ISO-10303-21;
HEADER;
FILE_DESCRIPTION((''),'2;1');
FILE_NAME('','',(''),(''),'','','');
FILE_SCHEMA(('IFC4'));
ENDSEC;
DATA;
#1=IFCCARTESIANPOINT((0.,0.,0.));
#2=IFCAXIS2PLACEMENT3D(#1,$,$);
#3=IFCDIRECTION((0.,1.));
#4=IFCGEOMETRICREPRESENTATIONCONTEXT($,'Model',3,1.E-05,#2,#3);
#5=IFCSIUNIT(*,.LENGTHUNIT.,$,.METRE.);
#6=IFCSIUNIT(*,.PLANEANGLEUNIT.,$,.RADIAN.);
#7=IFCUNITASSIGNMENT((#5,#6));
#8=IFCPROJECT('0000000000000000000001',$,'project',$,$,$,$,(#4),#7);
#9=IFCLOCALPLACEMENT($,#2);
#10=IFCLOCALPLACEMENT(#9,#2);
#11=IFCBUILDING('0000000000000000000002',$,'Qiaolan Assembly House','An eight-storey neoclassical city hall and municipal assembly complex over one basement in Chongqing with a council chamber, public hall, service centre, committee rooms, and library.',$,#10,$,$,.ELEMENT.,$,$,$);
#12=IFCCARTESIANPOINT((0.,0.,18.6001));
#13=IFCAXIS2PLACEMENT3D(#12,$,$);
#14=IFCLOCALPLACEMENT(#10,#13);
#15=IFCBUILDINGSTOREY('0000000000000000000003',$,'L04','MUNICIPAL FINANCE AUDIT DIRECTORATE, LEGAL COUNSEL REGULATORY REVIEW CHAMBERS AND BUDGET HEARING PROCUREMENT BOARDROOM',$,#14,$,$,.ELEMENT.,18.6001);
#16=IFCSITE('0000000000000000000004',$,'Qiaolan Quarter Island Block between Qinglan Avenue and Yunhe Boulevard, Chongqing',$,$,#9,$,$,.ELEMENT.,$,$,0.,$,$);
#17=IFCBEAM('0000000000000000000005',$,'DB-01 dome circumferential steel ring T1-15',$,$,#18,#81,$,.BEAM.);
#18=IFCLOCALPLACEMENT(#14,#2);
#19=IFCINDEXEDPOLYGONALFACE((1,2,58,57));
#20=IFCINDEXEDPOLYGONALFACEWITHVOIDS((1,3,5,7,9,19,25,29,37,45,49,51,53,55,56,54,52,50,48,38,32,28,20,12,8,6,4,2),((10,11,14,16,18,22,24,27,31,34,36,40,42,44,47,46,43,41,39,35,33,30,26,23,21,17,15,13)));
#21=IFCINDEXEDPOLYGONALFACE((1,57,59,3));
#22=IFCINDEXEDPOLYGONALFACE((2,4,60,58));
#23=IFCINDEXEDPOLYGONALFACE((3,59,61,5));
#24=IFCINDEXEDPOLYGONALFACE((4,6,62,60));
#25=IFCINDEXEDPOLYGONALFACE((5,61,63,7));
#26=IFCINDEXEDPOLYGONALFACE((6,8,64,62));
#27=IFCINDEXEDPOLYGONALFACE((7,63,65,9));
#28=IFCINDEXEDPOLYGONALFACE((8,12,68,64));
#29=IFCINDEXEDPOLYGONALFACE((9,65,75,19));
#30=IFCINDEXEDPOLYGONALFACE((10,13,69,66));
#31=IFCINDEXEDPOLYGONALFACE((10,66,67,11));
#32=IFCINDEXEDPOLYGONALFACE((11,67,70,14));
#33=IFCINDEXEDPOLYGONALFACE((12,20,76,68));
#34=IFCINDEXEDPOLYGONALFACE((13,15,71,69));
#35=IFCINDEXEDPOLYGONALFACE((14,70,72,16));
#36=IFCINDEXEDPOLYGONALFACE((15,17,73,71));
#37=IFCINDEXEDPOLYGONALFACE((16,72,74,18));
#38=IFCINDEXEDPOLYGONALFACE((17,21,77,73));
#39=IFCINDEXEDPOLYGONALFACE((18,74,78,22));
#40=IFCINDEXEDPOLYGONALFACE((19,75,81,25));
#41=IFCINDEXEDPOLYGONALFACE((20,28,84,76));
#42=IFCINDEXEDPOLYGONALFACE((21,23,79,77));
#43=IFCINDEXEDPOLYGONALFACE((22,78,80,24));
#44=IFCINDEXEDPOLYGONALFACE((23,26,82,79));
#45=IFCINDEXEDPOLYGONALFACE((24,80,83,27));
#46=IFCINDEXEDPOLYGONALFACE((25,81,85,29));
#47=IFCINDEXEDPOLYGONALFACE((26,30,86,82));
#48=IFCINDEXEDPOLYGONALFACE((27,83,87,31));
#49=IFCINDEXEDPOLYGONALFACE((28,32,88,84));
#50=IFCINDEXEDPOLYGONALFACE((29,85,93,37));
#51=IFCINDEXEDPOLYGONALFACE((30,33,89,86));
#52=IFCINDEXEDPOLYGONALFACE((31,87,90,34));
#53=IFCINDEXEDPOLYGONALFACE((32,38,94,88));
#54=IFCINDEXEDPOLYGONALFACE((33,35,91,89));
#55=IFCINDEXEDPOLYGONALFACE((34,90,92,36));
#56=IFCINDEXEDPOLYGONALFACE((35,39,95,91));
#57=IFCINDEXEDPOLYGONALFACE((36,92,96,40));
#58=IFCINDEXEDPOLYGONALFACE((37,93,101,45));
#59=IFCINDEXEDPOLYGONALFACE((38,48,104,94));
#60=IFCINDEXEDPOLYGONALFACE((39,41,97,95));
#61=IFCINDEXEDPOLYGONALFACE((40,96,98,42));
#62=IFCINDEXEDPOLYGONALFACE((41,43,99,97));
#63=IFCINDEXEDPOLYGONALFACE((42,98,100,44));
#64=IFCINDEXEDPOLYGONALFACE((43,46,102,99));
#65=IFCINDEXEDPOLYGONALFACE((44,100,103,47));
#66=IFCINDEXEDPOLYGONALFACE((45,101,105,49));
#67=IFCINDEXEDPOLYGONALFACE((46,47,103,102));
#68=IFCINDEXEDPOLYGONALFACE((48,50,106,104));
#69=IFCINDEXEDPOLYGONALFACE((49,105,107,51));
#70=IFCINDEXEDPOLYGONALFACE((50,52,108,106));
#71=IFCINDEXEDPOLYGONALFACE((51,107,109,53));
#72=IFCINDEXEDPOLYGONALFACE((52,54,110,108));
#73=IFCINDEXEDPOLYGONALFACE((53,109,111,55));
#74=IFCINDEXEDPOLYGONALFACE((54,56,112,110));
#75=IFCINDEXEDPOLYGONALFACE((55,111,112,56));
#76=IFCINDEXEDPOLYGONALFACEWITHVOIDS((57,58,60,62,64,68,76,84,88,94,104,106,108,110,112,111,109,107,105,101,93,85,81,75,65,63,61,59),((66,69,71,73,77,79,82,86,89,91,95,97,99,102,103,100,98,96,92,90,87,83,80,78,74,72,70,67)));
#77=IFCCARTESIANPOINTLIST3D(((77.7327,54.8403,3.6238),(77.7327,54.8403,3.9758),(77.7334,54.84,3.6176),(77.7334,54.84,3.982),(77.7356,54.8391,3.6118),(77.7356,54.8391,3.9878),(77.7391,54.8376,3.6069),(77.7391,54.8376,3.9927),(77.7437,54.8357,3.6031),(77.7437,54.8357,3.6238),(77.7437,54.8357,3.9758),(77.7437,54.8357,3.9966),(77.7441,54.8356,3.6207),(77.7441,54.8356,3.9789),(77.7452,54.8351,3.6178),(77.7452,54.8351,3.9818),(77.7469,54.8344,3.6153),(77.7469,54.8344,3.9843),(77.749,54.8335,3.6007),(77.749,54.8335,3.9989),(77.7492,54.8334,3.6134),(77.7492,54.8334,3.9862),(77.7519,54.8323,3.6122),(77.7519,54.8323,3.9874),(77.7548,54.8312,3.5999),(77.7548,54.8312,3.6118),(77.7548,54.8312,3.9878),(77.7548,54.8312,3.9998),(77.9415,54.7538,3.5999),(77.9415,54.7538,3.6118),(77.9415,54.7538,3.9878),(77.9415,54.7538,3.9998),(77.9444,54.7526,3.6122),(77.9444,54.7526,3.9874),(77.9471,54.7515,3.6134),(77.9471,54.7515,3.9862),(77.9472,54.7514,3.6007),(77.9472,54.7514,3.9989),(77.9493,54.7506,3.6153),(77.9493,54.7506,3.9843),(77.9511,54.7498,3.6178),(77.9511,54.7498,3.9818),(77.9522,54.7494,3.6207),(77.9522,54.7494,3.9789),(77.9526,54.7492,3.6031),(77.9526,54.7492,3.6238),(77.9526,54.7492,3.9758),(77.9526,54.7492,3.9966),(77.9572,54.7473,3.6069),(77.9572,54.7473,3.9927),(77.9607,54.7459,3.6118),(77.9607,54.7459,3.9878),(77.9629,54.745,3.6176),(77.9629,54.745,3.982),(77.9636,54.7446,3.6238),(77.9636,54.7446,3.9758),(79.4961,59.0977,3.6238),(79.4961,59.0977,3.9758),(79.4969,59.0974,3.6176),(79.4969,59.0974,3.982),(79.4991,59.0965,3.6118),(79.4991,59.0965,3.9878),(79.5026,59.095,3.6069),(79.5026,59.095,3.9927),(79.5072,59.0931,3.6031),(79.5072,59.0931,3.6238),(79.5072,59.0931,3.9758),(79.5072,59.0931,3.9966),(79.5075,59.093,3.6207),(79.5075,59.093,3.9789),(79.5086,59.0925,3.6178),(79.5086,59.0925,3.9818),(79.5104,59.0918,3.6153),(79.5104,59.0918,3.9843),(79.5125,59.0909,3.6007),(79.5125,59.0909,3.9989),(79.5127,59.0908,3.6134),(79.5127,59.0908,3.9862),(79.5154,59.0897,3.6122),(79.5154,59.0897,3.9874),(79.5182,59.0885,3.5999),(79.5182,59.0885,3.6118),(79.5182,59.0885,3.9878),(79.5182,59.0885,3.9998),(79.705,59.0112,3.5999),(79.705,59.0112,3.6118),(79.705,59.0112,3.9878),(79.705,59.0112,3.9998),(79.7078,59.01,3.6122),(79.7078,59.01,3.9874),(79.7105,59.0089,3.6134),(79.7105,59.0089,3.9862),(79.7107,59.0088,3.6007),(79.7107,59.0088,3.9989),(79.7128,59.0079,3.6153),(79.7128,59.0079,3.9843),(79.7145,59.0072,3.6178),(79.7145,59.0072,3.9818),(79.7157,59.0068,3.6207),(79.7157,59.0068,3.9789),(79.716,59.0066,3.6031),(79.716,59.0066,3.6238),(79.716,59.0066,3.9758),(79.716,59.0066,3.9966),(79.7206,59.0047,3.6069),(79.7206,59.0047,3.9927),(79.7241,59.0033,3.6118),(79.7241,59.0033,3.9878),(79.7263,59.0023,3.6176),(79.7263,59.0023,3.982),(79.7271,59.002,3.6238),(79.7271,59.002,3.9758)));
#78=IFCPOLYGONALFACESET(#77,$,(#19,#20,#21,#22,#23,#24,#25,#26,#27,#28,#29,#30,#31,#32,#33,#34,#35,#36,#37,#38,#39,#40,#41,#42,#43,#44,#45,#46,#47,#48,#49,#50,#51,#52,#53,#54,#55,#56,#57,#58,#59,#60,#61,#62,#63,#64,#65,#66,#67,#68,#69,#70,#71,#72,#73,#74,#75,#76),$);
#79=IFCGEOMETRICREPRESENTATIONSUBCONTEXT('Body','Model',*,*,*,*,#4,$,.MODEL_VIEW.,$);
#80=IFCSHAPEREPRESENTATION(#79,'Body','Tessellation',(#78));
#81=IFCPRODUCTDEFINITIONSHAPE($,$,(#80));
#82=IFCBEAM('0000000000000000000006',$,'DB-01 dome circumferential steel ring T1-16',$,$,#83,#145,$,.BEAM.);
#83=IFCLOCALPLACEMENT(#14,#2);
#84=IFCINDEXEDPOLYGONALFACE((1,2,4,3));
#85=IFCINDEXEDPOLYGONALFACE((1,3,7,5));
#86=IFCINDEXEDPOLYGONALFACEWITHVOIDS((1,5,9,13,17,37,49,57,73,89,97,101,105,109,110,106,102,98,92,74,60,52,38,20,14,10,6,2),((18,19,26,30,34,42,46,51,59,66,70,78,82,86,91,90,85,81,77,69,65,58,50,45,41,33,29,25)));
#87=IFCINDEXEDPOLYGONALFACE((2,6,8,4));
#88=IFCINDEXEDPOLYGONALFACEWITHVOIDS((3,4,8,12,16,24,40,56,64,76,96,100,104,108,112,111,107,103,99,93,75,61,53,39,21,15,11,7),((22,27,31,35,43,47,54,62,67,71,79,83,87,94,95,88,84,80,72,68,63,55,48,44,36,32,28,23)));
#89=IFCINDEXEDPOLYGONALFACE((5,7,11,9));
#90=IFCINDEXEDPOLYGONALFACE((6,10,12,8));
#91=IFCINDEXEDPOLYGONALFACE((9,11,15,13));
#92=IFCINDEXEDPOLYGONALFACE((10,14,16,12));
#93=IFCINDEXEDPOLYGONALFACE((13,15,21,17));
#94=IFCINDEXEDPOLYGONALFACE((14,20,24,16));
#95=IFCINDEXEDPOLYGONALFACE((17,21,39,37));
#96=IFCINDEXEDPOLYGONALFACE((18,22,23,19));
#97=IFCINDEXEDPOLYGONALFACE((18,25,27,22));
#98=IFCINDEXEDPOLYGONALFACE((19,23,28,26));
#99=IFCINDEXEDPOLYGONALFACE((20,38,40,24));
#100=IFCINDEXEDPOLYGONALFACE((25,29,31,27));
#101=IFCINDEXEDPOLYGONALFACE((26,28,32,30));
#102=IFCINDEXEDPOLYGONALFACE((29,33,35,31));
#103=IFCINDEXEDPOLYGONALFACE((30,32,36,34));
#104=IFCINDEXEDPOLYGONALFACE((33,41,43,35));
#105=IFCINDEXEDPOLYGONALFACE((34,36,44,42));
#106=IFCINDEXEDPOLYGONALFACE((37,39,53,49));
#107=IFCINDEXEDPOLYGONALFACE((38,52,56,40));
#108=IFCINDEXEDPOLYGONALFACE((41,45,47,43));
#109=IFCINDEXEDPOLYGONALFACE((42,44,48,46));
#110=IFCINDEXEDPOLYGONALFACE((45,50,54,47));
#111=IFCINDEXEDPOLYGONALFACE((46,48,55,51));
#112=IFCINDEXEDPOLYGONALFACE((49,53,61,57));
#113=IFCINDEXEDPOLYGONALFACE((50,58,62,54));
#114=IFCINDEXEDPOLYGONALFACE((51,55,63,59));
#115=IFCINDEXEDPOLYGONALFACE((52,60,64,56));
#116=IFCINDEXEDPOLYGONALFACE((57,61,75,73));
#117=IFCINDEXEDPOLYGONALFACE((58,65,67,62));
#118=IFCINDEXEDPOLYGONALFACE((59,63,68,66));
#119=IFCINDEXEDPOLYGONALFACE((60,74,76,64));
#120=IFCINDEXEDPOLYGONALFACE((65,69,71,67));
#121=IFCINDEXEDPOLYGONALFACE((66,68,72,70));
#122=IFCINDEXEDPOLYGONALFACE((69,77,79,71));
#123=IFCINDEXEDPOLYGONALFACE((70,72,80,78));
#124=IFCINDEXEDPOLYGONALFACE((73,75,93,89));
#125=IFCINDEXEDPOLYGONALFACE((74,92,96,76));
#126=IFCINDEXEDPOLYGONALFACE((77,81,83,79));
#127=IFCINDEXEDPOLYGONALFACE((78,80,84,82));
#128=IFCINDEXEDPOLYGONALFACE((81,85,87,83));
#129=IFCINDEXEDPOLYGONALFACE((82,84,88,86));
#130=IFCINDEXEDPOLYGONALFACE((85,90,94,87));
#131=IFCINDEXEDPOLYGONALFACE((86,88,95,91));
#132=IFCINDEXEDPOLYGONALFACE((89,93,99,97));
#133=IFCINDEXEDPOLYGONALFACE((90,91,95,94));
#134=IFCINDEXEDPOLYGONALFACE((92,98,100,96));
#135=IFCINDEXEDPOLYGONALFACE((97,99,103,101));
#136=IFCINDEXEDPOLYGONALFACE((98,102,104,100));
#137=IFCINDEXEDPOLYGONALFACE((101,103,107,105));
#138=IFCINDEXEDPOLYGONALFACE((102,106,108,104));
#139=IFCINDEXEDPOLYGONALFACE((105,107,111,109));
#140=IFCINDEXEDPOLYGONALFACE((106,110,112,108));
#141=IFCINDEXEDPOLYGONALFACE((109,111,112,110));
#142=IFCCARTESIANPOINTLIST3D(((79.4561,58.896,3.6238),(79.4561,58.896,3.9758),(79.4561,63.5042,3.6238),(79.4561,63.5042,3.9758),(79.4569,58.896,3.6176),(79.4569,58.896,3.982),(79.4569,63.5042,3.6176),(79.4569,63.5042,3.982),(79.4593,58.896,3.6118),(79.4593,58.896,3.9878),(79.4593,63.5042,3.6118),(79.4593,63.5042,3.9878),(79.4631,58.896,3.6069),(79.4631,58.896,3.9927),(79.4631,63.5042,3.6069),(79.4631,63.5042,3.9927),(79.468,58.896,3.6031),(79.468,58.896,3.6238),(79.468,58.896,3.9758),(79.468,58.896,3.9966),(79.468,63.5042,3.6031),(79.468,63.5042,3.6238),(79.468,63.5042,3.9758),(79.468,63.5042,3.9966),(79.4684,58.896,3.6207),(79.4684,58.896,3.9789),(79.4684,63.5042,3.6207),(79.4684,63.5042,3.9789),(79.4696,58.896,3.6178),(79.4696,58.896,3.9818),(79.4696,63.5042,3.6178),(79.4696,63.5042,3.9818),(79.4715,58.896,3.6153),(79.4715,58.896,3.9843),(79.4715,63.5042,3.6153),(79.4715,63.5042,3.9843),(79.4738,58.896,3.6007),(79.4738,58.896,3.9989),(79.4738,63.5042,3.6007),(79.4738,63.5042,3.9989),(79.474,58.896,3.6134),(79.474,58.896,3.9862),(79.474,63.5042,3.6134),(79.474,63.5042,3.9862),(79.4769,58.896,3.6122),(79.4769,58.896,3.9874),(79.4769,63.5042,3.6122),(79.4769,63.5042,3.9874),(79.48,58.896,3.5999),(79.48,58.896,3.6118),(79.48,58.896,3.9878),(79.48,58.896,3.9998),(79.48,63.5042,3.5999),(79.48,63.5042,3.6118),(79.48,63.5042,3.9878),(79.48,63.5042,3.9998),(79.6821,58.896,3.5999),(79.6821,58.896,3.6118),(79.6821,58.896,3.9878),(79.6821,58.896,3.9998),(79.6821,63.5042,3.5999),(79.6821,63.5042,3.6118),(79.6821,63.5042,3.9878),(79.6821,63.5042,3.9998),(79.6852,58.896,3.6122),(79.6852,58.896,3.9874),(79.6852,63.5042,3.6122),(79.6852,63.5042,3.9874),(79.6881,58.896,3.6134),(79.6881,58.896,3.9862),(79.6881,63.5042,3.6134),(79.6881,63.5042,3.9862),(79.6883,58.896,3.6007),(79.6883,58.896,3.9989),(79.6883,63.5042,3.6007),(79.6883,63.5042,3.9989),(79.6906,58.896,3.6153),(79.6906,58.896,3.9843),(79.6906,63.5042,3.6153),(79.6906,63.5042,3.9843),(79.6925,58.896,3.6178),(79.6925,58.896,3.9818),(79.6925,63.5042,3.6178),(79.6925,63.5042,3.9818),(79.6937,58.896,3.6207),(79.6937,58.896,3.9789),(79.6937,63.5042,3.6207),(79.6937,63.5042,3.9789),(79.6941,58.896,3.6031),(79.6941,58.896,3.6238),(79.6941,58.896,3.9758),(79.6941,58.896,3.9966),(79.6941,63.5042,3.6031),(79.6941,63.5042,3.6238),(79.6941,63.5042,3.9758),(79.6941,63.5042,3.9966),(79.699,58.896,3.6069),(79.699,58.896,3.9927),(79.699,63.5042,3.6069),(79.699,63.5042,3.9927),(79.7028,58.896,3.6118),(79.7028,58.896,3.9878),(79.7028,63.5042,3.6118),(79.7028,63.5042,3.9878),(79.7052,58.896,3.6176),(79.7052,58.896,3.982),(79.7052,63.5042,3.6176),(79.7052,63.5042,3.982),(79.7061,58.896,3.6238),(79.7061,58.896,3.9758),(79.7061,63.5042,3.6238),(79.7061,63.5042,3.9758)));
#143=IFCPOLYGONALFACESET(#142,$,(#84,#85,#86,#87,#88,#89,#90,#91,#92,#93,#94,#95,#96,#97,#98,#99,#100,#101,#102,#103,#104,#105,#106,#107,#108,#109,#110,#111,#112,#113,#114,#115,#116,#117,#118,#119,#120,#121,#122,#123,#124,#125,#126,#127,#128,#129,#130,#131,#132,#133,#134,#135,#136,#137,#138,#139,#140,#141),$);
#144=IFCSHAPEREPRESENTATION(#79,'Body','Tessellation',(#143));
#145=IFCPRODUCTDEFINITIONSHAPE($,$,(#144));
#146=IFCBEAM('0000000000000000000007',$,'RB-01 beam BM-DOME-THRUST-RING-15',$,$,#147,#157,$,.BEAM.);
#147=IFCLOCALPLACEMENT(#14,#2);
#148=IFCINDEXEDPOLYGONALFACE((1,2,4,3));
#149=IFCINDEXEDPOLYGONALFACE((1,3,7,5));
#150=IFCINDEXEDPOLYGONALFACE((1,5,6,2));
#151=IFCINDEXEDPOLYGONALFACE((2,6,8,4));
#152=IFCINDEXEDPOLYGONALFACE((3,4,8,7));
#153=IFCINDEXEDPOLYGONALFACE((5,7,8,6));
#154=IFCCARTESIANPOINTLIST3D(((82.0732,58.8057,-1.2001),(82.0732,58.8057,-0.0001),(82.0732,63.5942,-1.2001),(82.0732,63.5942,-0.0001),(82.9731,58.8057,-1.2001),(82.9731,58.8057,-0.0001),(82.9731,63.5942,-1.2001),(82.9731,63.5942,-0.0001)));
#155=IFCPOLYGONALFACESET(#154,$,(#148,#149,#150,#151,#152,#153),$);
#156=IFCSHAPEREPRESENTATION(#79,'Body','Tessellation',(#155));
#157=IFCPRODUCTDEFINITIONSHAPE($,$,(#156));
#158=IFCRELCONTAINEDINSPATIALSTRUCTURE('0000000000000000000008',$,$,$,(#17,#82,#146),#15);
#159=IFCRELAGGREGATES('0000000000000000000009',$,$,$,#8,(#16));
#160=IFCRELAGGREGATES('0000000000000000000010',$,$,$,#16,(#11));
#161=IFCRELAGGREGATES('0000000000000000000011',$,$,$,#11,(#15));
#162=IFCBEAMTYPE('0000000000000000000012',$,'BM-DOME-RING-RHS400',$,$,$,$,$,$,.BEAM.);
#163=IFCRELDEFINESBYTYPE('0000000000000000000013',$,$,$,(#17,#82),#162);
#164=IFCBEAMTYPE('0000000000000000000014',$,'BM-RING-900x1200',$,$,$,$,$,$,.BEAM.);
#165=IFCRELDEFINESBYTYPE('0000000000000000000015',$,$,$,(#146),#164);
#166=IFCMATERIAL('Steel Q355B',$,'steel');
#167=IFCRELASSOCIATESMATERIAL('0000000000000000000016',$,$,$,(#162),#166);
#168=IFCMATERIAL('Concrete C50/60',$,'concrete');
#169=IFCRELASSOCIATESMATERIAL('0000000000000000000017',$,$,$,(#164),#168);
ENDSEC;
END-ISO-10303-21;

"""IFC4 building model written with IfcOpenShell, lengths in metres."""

from ifc_helpers import new_model, si_unit, direction, frame, origin, origin_2d, place, context, subcontext, project, spatial, rectangle, hollow_rectangle, extrude, material, material_profile, profile_set, type_object, element, save


model = new_model("IFC4")

# Units and contexts
model_context = context("Model", 3, precision=1e-05, world=origin(), true_north=direction((0.0, 1.0)))
body_context = subcontext(model_context, "Body", "Model", "MODEL_VIEW")
ifc_project = project(units=[si_unit("LENGTHUNIT", "METRE"), si_unit("PLANEANGLEUNIT", "RADIAN")], contexts=[model_context])

# Site, building, storey
site_placement = place(None, origin())
site = spatial("IfcSite", under=ifc_project, at=site_placement, Name="Qiaolan Quarter Island Block between Qinglan Avenue and Yunhe Boulevard, Chongqing", CompositionType="ELEMENT", RefElevation=0.0)
building_placement = place(site_placement, origin())
building = spatial("IfcBuilding", under=site, at=building_placement, Name="Qiaolan Assembly House", Description="An eight-storey neoclassical city hall and municipal assembly complex over one basement in Chongqing with a council chamber, public hall, service centre, committee rooms, and library.", CompositionType="ELEMENT")
storey_placement = place(building_placement, frame((0.0, 0.0, 18.6001)))
storey = spatial("IfcBuildingStorey", under=building, at=storey_placement, Name="L04", Description="MUNICIPAL FINANCE AUDIT DIRECTORATE, LEGAL COUNSEL REGULATORY REVIEW CHAMBERS AND BUDGET HEARING PROCUREMENT BOARDROOM", CompositionType="ELEMENT", Elevation=18.6001)

# Beams
ifc_material_1 = material(Name="Steel Q355B", Category="steel")
ifc_material_profile_1 = material_profile(ifc_material_1, hollow_rectangle(XDim=0.25, YDim=0.3999, WallThickness=0.012, InnerFilletRadius=0.012, OuterFilletRadius=0.0239, at=origin_2d()), Name="RHS 400x250x12")
ifc_profile_set_1 = profile_set([ifc_material_profile_1], Name="Steel Q355B")
beam_type_1 = type_object("IfcBeamType", Name="BM-DOME-RING-RHS400", PredefinedType="BEAM", material=ifc_profile_set_1)
for number, where, z_axis, x_axis, name in (
    (1, (77.8481, 54.7925, 3.7998), (0.382681, 0.923881, 0.0), (-0.923881, 0.382681, 0.0), "DB-01 dome circumferential steel ring T1-15"),
    (2, (79.5811, 58.896, 3.7998), (0.0, 1.0, 0.0), (-1.0, 0.0, 0.0), "DB-01 dome circumferential steel ring T1-16"),
):
    element("IfcBeam", number, at=place(storey_placement, frame(where, z_axis=z_axis, x_axis=x_axis)), inside=storey, type_object=beam_type_1, Name=name, PredefinedType="BEAM", context=body_context, shape_type="SweptSolid", body=[
        extrude(hollow_rectangle(XDim=0.25, YDim=0.3999, WallThickness=0.012, InnerFilletRadius=0.012, OuterFilletRadius=0.0239, at=origin_2d()), origin(), (0.0, 0.0, 1.0), 4.6082),
    ])
ifc_material_2 = material(Name="Concrete C50/60", Category="concrete")
ifc_material_profile_2 = material_profile(ifc_material_2, rectangle(XDim=0.8999, YDim=1.2, at=origin_2d()), Name="RCB 900x1200")
ifc_profile_set_2 = profile_set([ifc_material_profile_2], Name="Concrete C50/60")
beam_type_2 = type_object("IfcBeamType", Name="BM-RING-900x1200", PredefinedType="BEAM", material=ifc_profile_set_2)
beam_1_placement = place(storey_placement, frame((82.5232, 58.8057, -0.6001), z_axis=(0.0, 1.0, 0.0), x_axis=(-1.0, 0.0, 0.0)))
element("IfcBeam", 3, at=beam_1_placement, inside=storey, type_object=beam_type_2, Name="RB-01 beam BM-DOME-THRUST-RING-15", PredefinedType="BEAM", context=body_context, shape_type="SweptSolid", body=[
    extrude(rectangle(XDim=0.8999, YDim=1.2, at=origin_2d()), origin(), (0.0, 0.0, 1.0), 4.7886),
])

save(model, "model.ifc")
